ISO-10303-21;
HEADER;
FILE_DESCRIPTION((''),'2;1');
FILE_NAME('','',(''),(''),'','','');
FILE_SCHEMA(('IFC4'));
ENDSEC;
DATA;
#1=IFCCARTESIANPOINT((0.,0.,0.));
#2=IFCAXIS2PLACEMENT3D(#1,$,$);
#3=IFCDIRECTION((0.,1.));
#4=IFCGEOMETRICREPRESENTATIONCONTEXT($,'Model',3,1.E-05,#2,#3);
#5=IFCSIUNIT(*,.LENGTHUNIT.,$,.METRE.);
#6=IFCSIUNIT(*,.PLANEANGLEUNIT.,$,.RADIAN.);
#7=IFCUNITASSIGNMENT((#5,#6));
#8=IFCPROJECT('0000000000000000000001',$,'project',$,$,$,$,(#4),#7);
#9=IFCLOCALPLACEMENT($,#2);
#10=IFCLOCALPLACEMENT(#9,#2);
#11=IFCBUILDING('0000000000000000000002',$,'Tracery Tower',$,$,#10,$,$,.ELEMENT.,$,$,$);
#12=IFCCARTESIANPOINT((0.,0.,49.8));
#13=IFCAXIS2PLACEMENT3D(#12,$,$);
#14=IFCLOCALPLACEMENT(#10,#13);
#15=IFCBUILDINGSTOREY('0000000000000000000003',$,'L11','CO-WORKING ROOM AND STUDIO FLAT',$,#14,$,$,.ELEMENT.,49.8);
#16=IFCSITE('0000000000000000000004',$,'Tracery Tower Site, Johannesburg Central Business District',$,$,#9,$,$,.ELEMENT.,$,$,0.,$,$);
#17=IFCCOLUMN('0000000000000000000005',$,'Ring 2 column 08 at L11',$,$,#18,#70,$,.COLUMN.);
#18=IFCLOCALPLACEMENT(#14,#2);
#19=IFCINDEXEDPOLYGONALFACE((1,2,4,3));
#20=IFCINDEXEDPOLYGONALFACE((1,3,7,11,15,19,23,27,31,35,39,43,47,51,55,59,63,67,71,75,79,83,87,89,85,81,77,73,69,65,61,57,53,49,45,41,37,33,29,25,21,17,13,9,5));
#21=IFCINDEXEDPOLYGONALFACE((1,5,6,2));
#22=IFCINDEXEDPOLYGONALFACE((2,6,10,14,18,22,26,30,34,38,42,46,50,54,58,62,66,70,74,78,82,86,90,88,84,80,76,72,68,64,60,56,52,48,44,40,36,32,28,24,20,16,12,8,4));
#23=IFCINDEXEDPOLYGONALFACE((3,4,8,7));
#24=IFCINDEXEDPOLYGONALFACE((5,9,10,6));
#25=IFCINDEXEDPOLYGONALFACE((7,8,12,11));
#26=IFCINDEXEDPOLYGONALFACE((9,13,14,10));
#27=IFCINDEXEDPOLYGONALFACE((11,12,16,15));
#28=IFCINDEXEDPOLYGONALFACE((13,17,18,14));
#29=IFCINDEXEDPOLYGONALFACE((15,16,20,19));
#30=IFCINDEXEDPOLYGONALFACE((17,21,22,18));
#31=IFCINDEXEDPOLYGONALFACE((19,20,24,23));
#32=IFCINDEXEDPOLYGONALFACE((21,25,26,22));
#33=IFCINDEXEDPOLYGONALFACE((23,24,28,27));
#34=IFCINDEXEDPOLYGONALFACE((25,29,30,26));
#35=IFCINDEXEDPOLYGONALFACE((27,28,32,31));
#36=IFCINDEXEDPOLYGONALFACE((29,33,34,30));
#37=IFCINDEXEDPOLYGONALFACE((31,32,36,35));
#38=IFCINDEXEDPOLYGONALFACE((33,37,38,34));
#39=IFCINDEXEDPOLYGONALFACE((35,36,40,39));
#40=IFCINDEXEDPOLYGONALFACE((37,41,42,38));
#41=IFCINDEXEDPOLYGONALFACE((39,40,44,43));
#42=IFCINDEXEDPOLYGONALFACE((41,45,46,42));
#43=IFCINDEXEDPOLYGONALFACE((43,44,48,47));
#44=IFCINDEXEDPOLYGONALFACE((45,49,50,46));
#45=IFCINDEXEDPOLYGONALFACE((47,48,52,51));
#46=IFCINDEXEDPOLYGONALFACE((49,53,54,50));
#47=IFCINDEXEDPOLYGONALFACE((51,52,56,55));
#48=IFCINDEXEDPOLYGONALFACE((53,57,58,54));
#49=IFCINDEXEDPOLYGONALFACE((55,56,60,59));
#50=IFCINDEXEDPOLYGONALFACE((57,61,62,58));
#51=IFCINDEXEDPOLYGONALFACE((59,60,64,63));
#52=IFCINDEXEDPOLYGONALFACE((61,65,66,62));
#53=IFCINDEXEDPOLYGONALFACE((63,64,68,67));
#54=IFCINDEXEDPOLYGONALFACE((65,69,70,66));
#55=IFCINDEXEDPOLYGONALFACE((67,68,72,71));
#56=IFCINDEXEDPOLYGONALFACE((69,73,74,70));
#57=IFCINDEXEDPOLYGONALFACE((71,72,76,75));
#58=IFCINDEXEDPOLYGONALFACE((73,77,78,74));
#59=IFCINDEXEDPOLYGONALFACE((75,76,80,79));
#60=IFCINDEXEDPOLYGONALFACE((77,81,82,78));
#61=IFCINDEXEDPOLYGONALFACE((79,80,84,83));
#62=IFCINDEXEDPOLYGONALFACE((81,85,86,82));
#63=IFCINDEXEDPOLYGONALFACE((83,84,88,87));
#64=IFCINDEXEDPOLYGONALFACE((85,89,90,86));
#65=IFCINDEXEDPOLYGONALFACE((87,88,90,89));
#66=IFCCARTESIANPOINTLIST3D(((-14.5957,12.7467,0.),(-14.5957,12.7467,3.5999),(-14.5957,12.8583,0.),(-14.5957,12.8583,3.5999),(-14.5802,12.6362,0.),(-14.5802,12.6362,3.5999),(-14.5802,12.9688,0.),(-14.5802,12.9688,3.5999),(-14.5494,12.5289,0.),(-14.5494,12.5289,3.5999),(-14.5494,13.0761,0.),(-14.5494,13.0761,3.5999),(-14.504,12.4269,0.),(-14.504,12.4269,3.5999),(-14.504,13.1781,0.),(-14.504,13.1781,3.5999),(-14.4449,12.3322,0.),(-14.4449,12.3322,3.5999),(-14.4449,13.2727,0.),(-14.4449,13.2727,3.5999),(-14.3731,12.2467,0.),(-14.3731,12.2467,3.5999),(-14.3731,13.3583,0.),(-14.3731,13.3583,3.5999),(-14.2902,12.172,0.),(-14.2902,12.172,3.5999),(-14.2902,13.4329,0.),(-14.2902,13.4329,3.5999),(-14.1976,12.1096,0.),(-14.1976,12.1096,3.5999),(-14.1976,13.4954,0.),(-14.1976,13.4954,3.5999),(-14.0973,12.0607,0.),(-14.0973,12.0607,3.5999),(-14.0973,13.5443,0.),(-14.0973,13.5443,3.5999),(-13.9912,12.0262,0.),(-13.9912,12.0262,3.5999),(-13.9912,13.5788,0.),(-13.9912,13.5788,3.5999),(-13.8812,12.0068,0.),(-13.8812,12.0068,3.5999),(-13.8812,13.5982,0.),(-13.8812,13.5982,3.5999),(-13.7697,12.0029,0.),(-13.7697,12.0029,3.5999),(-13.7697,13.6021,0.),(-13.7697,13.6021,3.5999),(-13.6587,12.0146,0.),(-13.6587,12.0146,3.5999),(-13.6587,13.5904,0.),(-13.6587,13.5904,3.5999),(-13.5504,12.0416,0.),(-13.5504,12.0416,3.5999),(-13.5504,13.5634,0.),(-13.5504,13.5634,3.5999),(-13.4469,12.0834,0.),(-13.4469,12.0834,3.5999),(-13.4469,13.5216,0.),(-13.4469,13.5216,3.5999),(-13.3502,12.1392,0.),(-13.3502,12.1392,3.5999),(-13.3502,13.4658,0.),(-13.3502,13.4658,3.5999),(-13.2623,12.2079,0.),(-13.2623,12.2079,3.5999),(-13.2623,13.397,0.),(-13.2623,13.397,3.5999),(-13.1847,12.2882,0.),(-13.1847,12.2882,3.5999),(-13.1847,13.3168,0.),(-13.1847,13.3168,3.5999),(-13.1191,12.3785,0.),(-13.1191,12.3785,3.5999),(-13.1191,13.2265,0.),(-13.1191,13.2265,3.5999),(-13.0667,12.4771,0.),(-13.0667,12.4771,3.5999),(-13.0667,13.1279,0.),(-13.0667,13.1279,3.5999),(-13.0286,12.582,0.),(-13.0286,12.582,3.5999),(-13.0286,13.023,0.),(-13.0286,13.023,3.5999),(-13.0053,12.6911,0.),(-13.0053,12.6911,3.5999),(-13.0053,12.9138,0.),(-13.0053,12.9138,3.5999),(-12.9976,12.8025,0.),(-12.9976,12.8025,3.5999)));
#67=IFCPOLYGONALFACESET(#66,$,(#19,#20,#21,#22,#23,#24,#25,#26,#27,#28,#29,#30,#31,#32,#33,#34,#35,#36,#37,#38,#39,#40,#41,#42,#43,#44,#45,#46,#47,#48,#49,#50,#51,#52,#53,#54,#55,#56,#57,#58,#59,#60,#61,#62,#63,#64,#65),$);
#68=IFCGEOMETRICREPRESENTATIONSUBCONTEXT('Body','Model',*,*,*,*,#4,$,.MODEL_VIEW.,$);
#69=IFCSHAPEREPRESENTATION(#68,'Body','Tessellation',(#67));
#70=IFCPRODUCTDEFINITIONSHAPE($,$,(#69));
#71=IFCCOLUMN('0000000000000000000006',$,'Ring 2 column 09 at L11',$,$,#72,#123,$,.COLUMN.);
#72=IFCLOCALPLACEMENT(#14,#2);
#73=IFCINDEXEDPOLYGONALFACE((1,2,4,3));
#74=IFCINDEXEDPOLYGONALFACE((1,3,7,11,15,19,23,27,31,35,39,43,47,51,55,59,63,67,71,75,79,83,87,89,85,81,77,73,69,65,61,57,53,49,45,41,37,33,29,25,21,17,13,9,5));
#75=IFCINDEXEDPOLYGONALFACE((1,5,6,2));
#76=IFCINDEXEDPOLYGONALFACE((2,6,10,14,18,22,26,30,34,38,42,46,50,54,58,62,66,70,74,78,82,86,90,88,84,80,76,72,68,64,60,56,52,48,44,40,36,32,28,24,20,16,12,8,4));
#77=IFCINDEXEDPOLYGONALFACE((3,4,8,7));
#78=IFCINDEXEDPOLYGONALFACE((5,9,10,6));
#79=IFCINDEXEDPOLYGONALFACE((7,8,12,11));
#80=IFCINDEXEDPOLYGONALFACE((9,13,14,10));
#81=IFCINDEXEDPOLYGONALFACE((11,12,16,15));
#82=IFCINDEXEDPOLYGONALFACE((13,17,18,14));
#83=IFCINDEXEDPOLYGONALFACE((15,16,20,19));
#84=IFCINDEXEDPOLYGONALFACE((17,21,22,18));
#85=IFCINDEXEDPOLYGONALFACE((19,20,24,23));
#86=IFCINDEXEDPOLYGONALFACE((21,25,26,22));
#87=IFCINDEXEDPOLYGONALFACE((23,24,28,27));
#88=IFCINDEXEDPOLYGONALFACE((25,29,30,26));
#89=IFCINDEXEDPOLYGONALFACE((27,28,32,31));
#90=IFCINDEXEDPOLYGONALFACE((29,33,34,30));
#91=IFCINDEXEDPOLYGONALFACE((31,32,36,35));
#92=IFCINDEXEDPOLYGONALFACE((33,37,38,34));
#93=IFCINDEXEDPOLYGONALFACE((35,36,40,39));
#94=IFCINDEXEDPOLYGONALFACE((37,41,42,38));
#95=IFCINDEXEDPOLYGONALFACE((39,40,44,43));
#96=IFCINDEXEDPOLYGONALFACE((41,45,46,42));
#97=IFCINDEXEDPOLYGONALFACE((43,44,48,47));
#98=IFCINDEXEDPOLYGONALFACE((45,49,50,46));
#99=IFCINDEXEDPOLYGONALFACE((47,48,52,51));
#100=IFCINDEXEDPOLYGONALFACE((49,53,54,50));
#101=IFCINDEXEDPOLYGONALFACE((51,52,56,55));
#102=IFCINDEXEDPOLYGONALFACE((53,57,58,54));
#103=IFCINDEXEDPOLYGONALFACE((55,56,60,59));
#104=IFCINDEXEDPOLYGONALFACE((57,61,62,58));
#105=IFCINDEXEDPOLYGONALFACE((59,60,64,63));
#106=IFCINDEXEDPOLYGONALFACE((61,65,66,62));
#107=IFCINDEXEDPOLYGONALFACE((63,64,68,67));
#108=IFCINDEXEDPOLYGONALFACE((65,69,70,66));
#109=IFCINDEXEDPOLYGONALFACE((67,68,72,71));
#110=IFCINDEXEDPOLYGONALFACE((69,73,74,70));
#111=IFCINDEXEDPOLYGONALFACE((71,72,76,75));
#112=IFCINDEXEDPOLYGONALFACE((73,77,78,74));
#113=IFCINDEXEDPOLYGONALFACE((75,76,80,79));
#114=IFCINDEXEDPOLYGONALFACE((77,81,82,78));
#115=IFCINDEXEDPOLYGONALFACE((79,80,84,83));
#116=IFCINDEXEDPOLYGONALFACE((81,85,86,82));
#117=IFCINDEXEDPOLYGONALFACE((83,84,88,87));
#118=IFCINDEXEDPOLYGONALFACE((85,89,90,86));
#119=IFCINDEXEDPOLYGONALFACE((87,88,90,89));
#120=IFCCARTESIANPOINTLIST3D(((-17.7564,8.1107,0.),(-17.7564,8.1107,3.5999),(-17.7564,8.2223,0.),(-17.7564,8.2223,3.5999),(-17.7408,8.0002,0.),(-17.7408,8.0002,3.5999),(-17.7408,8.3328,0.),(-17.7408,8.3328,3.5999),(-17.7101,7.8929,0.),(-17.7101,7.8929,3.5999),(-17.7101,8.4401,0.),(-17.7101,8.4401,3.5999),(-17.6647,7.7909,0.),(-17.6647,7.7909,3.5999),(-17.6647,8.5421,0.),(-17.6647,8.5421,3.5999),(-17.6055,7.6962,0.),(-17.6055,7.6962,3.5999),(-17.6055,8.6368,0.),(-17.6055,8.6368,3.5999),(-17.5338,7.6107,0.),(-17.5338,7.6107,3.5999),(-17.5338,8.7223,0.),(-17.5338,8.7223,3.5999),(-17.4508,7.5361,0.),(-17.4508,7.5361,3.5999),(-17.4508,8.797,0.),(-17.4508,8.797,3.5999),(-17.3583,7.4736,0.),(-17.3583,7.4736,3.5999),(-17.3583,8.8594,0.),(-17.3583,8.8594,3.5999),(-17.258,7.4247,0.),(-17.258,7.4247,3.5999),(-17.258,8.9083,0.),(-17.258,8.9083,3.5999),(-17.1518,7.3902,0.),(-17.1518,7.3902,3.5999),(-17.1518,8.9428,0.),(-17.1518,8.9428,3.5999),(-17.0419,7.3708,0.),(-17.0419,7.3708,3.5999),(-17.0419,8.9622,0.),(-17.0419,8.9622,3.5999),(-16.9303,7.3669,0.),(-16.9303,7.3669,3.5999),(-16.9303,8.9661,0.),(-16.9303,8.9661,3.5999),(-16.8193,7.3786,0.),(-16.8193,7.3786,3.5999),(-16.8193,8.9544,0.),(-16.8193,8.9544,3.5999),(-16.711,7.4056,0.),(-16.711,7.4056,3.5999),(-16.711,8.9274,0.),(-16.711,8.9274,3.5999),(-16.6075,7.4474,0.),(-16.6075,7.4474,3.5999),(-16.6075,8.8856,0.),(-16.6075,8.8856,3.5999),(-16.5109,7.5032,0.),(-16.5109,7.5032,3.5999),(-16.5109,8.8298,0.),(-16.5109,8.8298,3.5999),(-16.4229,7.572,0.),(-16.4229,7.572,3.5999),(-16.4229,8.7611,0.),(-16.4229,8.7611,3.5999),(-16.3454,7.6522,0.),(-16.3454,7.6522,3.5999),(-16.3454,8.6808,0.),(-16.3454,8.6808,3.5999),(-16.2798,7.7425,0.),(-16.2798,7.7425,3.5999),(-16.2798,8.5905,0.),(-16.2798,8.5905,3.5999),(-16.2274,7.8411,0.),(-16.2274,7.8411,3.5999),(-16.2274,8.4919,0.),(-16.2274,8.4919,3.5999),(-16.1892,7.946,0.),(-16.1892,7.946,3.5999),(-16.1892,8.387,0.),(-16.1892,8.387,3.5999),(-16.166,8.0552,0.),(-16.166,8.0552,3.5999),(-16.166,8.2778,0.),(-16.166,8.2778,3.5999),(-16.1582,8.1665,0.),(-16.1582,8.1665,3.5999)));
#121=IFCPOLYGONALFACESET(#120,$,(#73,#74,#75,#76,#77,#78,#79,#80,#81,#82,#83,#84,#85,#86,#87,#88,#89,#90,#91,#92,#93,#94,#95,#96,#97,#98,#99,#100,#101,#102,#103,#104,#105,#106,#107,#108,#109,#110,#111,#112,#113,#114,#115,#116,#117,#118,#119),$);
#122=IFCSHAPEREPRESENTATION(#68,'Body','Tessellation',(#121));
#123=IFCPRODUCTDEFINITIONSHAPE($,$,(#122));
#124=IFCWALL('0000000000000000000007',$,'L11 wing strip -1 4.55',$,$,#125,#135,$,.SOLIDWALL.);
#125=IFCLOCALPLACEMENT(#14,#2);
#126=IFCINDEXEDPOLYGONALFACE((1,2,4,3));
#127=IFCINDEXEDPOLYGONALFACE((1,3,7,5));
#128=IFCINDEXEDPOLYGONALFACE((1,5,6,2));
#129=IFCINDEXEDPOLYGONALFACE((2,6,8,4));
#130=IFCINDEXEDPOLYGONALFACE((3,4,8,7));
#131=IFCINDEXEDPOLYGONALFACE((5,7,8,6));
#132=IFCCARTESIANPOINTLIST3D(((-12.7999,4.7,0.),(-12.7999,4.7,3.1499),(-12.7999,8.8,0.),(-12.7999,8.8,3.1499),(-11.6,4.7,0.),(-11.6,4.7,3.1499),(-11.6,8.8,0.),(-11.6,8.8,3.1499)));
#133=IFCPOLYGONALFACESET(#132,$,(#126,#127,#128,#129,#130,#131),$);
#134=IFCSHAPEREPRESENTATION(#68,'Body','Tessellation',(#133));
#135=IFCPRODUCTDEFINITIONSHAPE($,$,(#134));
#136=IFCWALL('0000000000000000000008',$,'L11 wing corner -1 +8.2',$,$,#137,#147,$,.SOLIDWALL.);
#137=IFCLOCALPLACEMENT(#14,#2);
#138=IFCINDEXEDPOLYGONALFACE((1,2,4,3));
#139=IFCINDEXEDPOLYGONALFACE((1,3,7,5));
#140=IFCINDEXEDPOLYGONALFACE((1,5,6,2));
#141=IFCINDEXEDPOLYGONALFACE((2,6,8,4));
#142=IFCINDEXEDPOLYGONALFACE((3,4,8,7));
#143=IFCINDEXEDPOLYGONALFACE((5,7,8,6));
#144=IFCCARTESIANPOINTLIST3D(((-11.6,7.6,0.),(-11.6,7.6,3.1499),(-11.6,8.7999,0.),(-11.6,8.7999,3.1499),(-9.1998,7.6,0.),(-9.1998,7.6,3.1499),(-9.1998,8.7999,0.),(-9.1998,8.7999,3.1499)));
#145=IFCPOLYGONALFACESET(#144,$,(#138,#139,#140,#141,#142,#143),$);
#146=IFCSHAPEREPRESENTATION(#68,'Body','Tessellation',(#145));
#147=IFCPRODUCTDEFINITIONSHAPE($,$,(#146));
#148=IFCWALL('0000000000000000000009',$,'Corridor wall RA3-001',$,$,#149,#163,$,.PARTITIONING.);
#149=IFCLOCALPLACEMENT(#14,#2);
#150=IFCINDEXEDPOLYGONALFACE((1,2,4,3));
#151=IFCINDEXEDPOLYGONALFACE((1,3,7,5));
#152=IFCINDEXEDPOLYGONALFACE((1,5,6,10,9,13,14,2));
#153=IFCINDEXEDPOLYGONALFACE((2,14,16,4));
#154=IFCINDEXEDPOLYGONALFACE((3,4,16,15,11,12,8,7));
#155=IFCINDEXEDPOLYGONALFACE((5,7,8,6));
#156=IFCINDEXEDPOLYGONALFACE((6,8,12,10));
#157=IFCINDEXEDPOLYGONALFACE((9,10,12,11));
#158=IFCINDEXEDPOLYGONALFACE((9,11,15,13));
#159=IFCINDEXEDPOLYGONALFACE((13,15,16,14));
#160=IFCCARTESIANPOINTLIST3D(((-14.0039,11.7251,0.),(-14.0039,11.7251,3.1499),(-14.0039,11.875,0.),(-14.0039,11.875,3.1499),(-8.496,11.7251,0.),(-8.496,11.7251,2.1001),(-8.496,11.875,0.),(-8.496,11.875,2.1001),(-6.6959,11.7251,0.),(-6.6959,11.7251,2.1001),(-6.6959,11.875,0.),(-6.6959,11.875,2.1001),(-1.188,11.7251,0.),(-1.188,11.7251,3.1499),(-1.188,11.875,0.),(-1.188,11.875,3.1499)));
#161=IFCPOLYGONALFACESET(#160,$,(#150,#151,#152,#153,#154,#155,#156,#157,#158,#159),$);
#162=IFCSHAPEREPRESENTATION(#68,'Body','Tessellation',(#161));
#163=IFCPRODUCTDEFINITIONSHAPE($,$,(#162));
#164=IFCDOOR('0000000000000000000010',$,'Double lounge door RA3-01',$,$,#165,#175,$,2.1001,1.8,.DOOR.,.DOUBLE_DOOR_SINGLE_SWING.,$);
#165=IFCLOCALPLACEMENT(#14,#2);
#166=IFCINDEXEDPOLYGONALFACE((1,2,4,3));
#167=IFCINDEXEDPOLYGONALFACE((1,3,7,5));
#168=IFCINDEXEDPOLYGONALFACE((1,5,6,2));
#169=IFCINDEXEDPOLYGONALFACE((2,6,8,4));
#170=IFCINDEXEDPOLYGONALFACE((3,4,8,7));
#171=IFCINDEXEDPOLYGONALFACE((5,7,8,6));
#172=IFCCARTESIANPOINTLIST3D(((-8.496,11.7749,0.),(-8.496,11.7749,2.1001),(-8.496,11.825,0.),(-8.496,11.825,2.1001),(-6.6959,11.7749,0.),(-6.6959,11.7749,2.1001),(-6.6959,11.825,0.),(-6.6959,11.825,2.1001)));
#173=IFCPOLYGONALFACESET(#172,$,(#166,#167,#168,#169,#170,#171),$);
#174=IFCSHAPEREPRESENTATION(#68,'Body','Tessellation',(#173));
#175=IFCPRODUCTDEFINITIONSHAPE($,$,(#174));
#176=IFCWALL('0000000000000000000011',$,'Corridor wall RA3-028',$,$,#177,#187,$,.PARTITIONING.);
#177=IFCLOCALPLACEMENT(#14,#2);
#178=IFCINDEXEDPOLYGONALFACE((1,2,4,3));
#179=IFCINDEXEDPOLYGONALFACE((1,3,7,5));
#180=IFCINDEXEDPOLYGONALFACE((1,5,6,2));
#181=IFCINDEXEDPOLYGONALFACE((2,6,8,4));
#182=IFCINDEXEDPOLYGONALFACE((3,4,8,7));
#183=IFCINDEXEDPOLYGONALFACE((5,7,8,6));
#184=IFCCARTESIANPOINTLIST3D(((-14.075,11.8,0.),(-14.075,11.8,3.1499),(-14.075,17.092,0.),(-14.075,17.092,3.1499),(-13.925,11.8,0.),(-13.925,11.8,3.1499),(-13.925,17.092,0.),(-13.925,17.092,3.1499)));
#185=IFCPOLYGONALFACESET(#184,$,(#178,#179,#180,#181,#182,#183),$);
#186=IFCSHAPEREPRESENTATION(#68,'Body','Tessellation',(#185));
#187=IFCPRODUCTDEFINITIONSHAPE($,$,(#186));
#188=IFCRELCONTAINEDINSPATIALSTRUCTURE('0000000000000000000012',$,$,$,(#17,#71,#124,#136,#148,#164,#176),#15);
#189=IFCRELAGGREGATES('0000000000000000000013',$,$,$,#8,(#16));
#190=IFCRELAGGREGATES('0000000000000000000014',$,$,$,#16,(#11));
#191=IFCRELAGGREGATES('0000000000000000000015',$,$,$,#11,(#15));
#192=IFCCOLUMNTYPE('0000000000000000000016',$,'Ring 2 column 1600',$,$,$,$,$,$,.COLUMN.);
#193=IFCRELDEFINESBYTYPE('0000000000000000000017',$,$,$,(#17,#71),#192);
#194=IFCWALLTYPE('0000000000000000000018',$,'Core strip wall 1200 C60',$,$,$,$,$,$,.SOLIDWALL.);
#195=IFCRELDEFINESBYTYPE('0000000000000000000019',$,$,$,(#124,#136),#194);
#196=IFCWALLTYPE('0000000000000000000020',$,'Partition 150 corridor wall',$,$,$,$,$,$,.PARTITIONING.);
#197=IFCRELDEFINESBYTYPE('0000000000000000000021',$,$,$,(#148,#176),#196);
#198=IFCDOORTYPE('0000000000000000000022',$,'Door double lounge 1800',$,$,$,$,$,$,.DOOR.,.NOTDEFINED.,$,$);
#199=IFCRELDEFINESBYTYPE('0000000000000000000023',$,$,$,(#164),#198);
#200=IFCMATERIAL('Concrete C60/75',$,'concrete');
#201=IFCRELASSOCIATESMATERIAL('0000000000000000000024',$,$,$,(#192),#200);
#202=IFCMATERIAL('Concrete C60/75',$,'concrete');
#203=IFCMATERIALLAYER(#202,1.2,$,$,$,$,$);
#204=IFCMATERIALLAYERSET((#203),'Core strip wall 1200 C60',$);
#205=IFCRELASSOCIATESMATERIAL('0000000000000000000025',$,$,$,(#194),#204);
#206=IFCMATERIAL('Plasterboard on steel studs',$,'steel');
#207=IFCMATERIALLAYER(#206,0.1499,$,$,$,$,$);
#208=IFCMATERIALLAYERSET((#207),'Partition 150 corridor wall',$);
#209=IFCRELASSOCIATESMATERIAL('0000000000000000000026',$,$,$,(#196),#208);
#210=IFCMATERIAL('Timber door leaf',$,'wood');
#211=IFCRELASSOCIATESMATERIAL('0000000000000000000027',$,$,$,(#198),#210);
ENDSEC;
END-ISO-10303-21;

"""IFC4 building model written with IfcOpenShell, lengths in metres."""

from ifc_helpers import new_model, si_unit, direction, frame, frame_2d, origin, origin_2d, place, context, subcontext, project, spatial, rectangle, circle, extrude, material, layer, layer_set, material_profile, profile_set, type_object, element, fill, save


model = new_model("IFC4")

# Units and contexts
model_context = context("Model", 3, precision=1e-05, world=origin(), true_north=direction((0.0, 1.0)))
body_context = subcontext(model_context, "Body", "Model", "MODEL_VIEW")
ifc_project = project(units=[si_unit("LENGTHUNIT", "METRE"), si_unit("PLANEANGLEUNIT", "RADIAN")], contexts=[model_context])

# Site, building, storey
site_placement = place(None, origin())
site = spatial("IfcSite", under=ifc_project, at=site_placement, Name="Tracery Tower Site, Johannesburg Central Business District", CompositionType="ELEMENT", RefElevation=0.0)
building_placement = place(site_placement, origin())
building = spatial("IfcBuilding", under=site, at=building_placement, Name="Tracery Tower", CompositionType="ELEMENT")
storey_placement = place(building_placement, frame((0.0, 0.0, 49.8)))
storey = spatial("IfcBuildingStorey", under=building, at=storey_placement, Name="L11", Description="CO-WORKING ROOM AND STUDIO FLAT", CompositionType="ELEMENT", Elevation=49.8)

# Columns
ifc_material_1 = material(Name="Concrete C60/75", Category="concrete")
ifc_material_profile = material_profile(ifc_material_1, circle(Radius=0.8, at=origin_2d()), Name="RC D1600")
ifc_profile_set = profile_set([ifc_material_profile], Name="Concrete C60/75")
column_type = type_object("IfcColumnType", Name="Ring 2 column 1600", PredefinedType="COLUMN", material=ifc_profile_set)
for number, where, z_axis, x_axis, name in (
    (1, (-13.7976, 12.8025, 0.0), (0.0, 0.0, 1.0), (1.0, 0.0, 0.0), "Ring 2 column 08 at L11"),
    (2, (-16.9583, 8.1665, 0.0), (0.0, 0.0, 1.0), (1.0, 0.0, 0.0), "Ring 2 column 09 at L11"),
):
    element("IfcColumn", number, at=place(storey_placement, frame(where, z_axis=z_axis, x_axis=x_axis)), inside=storey, type_object=column_type, Name=name, PredefinedType="COLUMN", context=body_context, shape_type="SweptSolid", body=[
        extrude(circle(Radius=0.8, at=origin_2d()), origin(), (0.0, 0.0, 1.0), 3.5999),
    ])

# Walls
ifc_material_2 = material(Name="Concrete C60/75", Category="concrete")
ifc_layer_1 = layer(ifc_material_2, 1.2)
ifc_layer_set_1 = layer_set([ifc_layer_1], Name="Core strip wall 1200 C60")
wall_type_1 = type_object("IfcWallType", Name="Core strip wall 1200 C60", PredefinedType="SOLIDWALL", material=ifc_layer_set_1)
wall_1_placement = place(storey_placement, frame((-12.2, 4.7, 0.0), z_axis=(0.0, 0.0, 1.0), x_axis=(0.0, 1.0, 0.0)))
element("IfcWall", 3, at=wall_1_placement, inside=storey, type_object=wall_type_1, Name="L11 wing strip -1 4.55", PredefinedType="SOLIDWALL", context=body_context, shape_type="SweptSolid", body=[
    extrude(rectangle(XDim=4.1001, YDim=1.2, at=frame_2d((2.05, 0.0))), origin(), (0.0, 0.0, 1.0), 3.1499),
])
wall_2_placement = place(storey_placement, frame((-11.6001, 8.2, 0.0), z_axis=(0.0, 0.0, 1.0), x_axis=(1.0, 0.0, 0.0)))
element("IfcWall", 4, at=wall_2_placement, inside=storey, type_object=wall_type_1, Name="L11 wing corner -1 +8.2", PredefinedType="SOLIDWALL", context=body_context, shape_type="SweptSolid", body=[
    extrude(rectangle(XDim=2.4001, YDim=1.2, at=frame_2d((1.2002, 0.0))), origin(), (0.0, 0.0, 1.0), 3.1499),
])

# Wall, opening, door
ifc_material_3 = material(Name="Plasterboard on steel studs", Category="steel")
ifc_layer_2 = layer(ifc_material_3, 0.1499)
ifc_layer_set_2 = layer_set([ifc_layer_2], Name="Partition 150 corridor wall")
wall_type_2 = type_object("IfcWallType", Name="Partition 150 corridor wall", PredefinedType="PARTITIONING", material=ifc_layer_set_2)
wall_3_placement = place(storey_placement, frame((-14.0039, 11.8, 0.0), z_axis=(0.0, 0.0, 1.0), x_axis=(1.0, 0.0, 0.0)))
wall_3 = element("IfcWall", 5, at=wall_3_placement, inside=storey, type_object=wall_type_2, Name="Corridor wall RA3-001", PredefinedType="PARTITIONING", context=body_context, shape_type="SweptSolid", body=[
    extrude(rectangle(XDim=12.8159, YDim=0.1499, at=frame_2d((6.408, 0.0))), origin(), (0.0, 0.0, 1.0), 3.1499),
])
opening_1_placement = place(wall_3_placement, frame((5.5081, 0.0, 0.0)))
opening_1 = element("IfcOpeningElement", 6, at=opening_1_placement, cuts=wall_3, PredefinedType="OPENING", context=body_context, shape_type="SweptSolid", body=[
    extrude(rectangle(XDim=1.8, YDim=2.1001, at=frame_2d((0.8999, 1.05))), frame((0.0, 0.075, 0.0), z_axis=(0.0, -1.0, 0.0), x_axis=(1.0, 0.0, 0.0)), (0.0, 0.0, 1.0), 0.1499),
])
ifc_material_4 = material(Name="Timber door leaf", Category="wood")
door_type_1 = type_object("IfcDoorType", Name="Door double lounge 1800", OperationType="NOTDEFINED", PredefinedType="DOOR", material=ifc_material_4)
door_1_placement = place(opening_1_placement, origin())
door_1 = element("IfcDoor", 7, at=door_1_placement, inside=storey, type_object=door_type_1, Name="Double lounge door RA3-01", OperationType="DOUBLE_DOOR_SINGLE_SWING", OverallHeight=2.1001, OverallWidth=1.8, PredefinedType="DOOR", context=body_context, shape_type="SweptSolid", body=[
    extrude(rectangle(XDim=1.8, YDim=2.1001, at=frame_2d((0.8999, 1.05))), frame((0.0, 0.0249, 0.0), z_axis=(0.0, -1.0, 0.0), x_axis=(1.0, 0.0, 0.0)), (0.0, 0.0, 1.0), 0.05),
])
fill(opening_1, door_1)

# Wall
wall_4_placement = place(storey_placement, frame((-14.0, 11.8, 0.0), z_axis=(0.0, 0.0, 1.0), x_axis=(0.0, 1.0, 0.0)))
element("IfcWall", 8, at=wall_4_placement, inside=storey, type_object=wall_type_2, Name="Corridor wall RA3-028", PredefinedType="PARTITIONING", context=body_context, shape_type="SweptSolid", body=[
    extrude(rectangle(XDim=5.292, YDim=0.1499, at=frame_2d((2.646, 0.0))), origin(), (0.0, 0.0, 1.0), 3.1499),
])

save(model, "model.ifc")
